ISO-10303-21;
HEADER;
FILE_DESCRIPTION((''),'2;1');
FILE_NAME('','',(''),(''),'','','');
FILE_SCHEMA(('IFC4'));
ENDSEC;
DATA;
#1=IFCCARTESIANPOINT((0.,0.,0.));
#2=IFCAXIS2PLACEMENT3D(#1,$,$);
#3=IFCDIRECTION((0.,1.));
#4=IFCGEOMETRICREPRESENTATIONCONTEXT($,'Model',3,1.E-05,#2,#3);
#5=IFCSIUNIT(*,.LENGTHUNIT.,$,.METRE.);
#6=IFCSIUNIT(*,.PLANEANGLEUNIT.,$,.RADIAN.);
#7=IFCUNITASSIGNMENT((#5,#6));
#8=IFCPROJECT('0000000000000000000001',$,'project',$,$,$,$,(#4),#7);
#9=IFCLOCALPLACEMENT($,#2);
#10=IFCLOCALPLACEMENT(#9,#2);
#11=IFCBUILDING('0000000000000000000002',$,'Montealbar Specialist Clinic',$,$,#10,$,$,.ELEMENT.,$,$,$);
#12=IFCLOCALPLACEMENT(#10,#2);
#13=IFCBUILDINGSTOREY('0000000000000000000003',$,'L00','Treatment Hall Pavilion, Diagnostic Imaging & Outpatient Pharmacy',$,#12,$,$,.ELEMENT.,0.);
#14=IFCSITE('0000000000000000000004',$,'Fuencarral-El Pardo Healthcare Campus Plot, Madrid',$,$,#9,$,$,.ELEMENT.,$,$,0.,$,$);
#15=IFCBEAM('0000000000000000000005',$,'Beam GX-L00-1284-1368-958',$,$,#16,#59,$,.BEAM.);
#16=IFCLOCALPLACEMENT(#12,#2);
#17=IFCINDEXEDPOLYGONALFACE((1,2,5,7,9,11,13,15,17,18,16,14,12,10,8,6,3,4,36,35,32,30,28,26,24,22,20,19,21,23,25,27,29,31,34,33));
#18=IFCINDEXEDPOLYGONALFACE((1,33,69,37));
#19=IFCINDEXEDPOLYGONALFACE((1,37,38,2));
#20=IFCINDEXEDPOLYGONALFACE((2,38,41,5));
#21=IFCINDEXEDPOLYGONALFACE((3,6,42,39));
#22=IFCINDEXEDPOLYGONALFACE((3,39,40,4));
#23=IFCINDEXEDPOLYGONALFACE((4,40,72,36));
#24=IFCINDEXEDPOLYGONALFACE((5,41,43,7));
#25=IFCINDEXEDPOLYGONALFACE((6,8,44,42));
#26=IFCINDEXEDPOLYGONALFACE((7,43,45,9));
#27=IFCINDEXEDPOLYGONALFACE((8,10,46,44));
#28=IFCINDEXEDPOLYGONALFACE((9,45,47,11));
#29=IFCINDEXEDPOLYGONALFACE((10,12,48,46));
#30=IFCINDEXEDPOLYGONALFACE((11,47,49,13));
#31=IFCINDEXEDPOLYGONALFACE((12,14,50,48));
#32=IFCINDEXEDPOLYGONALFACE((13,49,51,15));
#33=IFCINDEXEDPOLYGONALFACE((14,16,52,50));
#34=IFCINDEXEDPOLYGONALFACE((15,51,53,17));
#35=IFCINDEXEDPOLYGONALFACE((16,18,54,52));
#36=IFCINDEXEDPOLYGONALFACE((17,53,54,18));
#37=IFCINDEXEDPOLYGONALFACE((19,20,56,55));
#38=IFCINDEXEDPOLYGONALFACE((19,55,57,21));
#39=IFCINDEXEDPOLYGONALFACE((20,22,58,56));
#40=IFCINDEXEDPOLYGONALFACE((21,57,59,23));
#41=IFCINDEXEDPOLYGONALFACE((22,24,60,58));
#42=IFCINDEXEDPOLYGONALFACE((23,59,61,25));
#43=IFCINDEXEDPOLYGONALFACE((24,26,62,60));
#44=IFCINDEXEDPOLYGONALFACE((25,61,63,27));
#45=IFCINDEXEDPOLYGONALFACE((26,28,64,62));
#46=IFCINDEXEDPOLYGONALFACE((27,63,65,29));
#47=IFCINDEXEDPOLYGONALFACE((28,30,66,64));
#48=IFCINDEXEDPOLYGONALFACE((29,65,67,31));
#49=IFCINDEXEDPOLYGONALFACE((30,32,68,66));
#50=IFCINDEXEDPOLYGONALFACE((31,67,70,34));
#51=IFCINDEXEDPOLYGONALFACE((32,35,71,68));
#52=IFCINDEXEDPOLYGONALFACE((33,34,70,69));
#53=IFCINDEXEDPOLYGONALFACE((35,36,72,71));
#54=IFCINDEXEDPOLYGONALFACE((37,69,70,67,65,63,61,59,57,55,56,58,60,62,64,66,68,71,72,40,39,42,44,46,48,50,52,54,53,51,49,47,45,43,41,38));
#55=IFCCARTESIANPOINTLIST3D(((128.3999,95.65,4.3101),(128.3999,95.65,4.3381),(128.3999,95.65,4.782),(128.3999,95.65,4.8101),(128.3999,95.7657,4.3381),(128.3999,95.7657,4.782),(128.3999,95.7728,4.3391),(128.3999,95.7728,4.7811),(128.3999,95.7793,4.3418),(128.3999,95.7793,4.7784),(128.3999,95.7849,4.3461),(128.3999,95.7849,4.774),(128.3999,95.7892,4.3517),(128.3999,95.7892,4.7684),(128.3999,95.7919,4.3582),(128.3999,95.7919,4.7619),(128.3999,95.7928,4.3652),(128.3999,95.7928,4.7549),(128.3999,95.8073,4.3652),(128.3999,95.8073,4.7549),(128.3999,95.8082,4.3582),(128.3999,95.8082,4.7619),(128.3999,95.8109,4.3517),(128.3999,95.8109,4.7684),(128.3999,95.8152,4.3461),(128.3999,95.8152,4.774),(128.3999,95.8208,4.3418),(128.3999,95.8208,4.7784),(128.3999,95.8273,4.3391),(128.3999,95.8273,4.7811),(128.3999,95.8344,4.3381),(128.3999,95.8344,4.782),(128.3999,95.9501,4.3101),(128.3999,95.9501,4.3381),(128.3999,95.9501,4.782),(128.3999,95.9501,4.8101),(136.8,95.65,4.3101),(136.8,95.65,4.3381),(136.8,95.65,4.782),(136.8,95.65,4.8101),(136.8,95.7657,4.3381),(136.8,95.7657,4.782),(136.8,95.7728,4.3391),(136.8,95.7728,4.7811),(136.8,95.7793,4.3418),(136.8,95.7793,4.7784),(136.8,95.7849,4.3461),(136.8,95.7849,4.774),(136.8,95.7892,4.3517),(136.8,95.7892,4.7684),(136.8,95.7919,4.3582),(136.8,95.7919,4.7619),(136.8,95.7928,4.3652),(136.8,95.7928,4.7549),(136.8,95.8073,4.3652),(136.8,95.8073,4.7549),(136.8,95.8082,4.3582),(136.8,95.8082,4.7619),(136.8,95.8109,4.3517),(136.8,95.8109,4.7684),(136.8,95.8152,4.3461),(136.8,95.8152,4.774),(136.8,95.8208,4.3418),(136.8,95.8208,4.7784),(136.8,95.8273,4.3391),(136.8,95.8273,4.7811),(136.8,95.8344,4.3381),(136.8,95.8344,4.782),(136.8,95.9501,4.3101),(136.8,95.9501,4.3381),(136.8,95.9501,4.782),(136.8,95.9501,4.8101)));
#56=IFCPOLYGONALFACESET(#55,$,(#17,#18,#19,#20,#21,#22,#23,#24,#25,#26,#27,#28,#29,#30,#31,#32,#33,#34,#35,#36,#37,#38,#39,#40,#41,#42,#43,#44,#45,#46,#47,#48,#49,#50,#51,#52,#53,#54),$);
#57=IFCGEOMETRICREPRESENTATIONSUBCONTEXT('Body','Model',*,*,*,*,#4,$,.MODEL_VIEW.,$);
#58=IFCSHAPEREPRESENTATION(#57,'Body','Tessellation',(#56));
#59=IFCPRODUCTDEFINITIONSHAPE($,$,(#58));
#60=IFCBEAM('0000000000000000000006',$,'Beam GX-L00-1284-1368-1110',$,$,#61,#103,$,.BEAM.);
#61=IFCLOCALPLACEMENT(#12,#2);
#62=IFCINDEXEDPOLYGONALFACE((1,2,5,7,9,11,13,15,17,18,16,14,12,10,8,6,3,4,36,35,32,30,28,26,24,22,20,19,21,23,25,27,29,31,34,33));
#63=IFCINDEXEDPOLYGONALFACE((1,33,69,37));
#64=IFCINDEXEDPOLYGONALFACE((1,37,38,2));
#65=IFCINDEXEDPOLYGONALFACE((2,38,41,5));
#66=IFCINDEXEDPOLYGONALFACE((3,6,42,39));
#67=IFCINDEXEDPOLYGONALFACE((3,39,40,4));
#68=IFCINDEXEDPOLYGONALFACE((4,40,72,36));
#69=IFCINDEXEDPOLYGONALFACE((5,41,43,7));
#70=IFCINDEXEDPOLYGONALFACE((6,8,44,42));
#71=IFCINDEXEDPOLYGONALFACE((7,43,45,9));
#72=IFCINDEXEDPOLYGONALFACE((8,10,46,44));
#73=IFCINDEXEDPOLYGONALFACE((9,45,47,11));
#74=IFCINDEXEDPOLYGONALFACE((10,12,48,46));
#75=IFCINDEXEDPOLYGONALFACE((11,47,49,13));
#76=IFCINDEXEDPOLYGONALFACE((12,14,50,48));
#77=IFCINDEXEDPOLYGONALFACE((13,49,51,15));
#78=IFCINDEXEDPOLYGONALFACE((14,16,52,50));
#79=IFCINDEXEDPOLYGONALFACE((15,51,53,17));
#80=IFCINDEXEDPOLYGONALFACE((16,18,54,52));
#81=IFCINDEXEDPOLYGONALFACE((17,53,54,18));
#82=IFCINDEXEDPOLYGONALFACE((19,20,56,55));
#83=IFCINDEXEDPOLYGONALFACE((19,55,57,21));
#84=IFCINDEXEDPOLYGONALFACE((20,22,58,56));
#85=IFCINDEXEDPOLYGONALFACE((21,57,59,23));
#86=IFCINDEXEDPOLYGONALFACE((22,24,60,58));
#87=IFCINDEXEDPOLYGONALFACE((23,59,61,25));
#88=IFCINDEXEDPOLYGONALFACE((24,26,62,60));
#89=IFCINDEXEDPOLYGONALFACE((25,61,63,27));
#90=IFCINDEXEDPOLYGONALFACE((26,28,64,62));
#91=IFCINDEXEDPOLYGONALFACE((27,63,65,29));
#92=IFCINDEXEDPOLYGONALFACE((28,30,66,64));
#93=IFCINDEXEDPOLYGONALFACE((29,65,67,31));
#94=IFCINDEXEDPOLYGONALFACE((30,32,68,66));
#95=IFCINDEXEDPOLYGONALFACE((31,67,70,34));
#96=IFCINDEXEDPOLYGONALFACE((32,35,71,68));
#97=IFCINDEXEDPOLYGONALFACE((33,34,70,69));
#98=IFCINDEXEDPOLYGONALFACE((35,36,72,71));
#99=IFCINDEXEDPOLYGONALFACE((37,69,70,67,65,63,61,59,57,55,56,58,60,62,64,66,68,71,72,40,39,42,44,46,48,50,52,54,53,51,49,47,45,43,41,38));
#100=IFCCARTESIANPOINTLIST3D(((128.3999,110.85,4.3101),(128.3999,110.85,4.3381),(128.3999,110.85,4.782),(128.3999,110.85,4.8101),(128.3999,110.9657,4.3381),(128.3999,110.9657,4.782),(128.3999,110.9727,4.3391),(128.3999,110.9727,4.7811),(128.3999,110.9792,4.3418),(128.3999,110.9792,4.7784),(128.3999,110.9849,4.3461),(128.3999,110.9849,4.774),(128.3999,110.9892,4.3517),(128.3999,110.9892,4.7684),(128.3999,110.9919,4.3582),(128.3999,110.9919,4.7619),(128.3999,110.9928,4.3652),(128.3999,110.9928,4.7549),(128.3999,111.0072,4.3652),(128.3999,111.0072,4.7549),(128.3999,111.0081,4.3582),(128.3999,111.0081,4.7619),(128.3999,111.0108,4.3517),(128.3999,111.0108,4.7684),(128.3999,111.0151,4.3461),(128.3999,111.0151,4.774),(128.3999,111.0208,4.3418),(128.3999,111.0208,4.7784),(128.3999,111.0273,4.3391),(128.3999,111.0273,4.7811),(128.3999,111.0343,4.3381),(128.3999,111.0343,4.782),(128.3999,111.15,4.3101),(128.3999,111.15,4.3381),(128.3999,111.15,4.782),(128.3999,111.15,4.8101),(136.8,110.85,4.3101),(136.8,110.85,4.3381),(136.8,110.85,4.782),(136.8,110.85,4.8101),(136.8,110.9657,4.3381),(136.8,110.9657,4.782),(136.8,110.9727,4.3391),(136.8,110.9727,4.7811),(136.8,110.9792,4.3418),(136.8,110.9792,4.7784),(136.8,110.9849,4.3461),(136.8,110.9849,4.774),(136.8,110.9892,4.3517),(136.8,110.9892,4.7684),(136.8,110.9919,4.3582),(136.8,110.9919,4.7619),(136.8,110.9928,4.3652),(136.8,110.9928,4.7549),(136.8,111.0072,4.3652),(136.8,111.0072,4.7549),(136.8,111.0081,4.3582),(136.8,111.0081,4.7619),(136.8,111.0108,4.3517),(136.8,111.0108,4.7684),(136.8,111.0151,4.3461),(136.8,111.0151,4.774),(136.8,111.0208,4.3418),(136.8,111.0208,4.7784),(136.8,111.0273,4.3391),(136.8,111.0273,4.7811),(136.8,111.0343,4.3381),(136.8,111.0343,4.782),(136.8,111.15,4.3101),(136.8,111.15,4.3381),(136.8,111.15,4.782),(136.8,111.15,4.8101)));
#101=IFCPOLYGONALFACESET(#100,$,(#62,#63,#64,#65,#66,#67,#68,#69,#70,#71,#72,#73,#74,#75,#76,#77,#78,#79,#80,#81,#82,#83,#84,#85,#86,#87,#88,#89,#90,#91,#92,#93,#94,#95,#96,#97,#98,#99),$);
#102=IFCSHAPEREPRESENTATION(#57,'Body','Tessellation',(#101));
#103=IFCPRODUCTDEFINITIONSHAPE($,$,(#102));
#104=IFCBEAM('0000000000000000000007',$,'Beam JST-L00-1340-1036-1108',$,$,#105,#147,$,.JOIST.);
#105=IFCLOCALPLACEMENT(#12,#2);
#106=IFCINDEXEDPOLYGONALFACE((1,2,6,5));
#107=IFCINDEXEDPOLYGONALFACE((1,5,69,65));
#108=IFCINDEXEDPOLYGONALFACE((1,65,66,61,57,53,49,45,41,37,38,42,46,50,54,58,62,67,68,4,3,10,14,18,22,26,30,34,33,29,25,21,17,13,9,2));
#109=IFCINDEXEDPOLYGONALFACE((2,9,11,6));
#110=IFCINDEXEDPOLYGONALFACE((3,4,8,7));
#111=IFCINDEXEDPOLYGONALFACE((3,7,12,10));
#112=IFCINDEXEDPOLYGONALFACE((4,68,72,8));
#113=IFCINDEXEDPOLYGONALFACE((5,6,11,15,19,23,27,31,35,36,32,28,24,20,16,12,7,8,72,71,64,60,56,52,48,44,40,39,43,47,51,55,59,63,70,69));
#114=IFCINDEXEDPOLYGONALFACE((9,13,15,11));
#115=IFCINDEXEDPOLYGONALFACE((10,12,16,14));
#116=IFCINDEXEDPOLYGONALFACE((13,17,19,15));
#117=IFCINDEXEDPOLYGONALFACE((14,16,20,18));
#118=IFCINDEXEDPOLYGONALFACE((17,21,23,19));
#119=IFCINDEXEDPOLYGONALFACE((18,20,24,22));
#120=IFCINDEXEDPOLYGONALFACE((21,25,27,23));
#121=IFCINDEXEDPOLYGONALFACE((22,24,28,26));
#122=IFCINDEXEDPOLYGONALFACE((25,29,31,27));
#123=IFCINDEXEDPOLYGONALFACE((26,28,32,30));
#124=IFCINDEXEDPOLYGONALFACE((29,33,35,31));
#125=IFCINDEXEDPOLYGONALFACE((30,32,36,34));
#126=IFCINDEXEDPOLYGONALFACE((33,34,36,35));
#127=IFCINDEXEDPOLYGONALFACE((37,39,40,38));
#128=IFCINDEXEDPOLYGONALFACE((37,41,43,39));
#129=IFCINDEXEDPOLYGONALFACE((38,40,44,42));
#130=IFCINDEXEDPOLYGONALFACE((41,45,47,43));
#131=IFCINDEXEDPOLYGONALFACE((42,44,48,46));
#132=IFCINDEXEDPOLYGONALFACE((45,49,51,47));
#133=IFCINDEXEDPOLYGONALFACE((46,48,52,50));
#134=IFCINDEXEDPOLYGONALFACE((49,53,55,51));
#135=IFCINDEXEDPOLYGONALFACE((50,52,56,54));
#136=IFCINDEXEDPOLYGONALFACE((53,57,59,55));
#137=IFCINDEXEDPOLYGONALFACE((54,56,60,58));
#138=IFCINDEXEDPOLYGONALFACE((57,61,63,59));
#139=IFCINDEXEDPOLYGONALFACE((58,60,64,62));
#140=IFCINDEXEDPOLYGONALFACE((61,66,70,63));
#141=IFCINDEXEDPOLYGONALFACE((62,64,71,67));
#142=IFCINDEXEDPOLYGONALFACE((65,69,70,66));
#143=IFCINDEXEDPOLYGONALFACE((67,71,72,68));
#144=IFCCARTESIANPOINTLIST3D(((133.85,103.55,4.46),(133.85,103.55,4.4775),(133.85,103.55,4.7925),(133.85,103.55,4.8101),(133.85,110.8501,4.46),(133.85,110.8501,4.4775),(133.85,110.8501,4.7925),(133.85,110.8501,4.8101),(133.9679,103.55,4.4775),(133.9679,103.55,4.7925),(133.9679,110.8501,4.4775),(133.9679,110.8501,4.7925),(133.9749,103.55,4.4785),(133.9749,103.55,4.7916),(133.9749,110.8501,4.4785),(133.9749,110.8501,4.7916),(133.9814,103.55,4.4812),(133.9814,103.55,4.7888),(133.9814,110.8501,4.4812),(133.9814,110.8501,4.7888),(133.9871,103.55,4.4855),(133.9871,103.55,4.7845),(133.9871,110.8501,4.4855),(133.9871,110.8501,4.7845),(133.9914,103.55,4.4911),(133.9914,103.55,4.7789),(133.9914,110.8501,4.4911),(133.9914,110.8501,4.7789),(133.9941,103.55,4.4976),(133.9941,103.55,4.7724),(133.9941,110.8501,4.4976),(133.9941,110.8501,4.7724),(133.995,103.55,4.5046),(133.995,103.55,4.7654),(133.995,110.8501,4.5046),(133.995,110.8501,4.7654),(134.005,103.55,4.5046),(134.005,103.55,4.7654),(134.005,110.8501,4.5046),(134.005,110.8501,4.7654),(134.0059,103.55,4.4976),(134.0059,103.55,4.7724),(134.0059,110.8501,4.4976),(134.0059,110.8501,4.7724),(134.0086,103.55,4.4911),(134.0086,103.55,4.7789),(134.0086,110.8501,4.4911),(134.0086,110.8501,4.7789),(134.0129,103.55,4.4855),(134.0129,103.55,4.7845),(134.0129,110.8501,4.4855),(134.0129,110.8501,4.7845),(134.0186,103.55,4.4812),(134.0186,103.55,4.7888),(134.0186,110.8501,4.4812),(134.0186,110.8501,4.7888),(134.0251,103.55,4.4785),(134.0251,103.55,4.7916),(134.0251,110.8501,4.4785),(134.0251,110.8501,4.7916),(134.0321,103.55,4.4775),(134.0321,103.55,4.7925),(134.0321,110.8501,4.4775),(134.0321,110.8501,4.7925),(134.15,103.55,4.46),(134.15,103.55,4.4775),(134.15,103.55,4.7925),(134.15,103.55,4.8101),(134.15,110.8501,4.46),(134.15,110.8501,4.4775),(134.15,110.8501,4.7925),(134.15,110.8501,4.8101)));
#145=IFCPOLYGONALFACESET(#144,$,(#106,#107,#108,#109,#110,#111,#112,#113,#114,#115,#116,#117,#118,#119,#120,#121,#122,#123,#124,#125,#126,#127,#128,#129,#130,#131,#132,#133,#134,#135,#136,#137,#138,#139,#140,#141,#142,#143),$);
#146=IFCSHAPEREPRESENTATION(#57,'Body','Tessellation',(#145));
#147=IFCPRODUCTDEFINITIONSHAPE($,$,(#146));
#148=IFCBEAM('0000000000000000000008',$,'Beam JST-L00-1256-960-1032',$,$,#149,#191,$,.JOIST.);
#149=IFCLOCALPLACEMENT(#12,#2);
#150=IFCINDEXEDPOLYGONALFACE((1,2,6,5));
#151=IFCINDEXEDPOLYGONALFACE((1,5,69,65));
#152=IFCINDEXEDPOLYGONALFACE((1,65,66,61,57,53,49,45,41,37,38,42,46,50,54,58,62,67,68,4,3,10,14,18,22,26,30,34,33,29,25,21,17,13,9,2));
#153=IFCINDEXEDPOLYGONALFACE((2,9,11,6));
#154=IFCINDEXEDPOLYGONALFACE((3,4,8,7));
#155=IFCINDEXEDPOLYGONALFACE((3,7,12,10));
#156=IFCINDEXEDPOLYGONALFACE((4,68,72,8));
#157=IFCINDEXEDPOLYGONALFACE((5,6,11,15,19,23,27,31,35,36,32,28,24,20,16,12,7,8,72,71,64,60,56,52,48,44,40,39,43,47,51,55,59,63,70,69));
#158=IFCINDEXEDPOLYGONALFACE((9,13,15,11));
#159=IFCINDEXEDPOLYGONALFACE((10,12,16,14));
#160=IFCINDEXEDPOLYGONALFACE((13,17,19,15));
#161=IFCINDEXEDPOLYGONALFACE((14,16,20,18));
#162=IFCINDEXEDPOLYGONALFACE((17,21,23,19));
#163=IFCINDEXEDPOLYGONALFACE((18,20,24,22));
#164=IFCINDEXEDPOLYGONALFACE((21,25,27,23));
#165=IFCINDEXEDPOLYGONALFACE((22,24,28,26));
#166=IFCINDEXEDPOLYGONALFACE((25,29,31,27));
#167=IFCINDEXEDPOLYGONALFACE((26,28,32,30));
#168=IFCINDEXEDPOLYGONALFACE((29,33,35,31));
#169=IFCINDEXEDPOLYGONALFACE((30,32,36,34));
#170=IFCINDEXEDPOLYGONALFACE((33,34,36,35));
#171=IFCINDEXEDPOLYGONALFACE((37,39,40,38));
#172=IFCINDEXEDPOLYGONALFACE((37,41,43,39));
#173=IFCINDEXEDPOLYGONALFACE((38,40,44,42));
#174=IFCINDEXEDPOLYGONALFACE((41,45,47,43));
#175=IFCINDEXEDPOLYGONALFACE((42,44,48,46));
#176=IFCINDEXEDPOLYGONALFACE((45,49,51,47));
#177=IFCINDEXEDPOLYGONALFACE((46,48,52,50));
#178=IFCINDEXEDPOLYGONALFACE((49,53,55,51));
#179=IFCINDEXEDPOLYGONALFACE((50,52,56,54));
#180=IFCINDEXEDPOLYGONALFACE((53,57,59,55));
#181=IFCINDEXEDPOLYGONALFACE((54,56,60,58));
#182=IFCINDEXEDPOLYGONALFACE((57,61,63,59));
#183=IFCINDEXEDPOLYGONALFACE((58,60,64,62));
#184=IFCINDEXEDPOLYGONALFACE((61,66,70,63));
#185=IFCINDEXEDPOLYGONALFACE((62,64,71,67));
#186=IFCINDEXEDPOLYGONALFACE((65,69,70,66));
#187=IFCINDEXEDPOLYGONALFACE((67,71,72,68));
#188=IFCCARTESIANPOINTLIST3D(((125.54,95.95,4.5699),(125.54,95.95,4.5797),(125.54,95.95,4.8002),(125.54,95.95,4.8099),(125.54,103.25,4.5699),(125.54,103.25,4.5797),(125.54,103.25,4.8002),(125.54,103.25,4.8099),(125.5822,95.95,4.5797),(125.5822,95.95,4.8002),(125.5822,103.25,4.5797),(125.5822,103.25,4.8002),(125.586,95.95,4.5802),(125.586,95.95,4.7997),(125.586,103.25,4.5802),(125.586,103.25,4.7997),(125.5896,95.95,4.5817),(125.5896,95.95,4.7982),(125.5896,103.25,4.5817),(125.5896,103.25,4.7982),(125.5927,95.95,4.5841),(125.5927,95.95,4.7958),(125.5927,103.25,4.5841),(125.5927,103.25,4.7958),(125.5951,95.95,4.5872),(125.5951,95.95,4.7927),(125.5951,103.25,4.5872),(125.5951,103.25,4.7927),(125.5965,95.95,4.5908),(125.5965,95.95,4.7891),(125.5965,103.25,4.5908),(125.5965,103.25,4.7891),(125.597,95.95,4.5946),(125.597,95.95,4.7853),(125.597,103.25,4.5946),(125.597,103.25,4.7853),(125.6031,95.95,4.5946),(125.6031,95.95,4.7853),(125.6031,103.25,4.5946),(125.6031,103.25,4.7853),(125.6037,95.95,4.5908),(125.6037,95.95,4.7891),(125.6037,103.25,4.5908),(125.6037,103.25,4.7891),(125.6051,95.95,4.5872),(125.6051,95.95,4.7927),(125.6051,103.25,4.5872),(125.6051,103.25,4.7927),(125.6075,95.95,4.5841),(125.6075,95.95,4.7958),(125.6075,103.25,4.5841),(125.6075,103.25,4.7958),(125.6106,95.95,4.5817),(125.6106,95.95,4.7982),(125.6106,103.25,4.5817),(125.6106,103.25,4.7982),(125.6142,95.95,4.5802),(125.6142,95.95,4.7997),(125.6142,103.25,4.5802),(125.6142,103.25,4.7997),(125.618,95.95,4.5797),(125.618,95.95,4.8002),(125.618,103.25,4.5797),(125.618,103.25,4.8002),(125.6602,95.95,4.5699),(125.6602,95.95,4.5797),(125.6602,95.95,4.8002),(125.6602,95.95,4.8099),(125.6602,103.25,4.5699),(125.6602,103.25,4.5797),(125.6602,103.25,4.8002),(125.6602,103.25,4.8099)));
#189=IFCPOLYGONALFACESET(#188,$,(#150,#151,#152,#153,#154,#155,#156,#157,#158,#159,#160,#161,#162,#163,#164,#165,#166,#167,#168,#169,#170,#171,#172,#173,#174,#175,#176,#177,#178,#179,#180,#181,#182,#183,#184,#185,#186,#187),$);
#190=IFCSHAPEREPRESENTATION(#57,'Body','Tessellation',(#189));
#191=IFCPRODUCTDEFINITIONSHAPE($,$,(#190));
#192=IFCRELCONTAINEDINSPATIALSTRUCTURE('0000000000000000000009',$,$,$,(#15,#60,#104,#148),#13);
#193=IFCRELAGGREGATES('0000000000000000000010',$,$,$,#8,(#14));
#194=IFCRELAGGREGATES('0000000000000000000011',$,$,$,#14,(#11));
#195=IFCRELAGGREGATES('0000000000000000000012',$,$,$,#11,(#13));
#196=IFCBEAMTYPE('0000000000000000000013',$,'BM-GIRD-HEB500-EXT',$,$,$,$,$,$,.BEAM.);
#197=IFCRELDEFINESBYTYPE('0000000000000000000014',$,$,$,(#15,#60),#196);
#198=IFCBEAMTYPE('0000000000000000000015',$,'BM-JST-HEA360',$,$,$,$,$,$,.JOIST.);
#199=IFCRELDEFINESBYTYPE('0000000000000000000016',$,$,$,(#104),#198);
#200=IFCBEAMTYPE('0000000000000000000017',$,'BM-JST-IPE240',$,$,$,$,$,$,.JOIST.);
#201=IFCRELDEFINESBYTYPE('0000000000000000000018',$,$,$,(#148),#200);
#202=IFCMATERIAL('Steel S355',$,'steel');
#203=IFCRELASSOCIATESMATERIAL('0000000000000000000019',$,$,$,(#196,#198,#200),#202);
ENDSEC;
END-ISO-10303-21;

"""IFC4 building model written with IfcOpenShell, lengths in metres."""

from ifc_helpers import new_model, si_unit, direction, frame, origin, origin_2d, place, context, subcontext, project, spatial, i_section, extrude, material, material_profile, profile_set, type_object, element, save


model = new_model("IFC4")

# Units and contexts
model_context = context("Model", 3, precision=1e-05, world=origin(), true_north=direction((0.0, 1.0)))
body_context = subcontext(model_context, "Body", "Model", "MODEL_VIEW")
ifc_project = project(units=[si_unit("LENGTHUNIT", "METRE"), si_unit("PLANEANGLEUNIT", "RADIAN")], contexts=[model_context])

# Site, building, storey
site_placement = place(None, origin())
site = spatial("IfcSite", under=ifc_project, at=site_placement, Name="Fuencarral-El Pardo Healthcare Campus Plot, Madrid", CompositionType="ELEMENT", RefElevation=0.0)
building_placement = place(site_placement, origin())
building = spatial("IfcBuilding", under=site, at=building_placement, Name="Montealbar Specialist Clinic", CompositionType="ELEMENT")
storey_placement = place(building_placement, origin())
storey = spatial("IfcBuildingStorey", under=building, at=storey_placement, Name="L00", Description="Treatment Hall Pavilion, Diagnostic Imaging & Outpatient Pharmacy", CompositionType="ELEMENT", Elevation=0.0)

# Shared definitions
ifc_material_1 = material(Name="Steel S355", Category="steel")

# Beams
ifc_material_profile_1 = material_profile(ifc_material_1, i_section(OverallWidth=0.3, OverallDepth=0.5, WebThickness=0.0144, FlangeThickness=0.0281, FilletRadius=0.0271, at=origin_2d()), Name="HEB 500", Category="steel")
ifc_profile_set_1 = profile_set([ifc_material_profile_1], Name="Steel S355")
beam_type_1 = type_object("IfcBeamType", Name="BM-GIRD-HEB500-EXT", PredefinedType="BEAM", material=ifc_profile_set_1)
for number, where, z_axis, x_axis, name in (
    (1, (128.3999, 95.8, 4.5601), (1.0, 0.0, 0.0), (0.0, 1.0, 0.0), "Beam GX-L00-1284-1368-958"),
    (2, (128.3999, 111.0, 4.5601), (1.0, 0.0, 0.0), (0.0, 1.0, 0.0), "Beam GX-L00-1284-1368-1110"),
):
    element("IfcBeam", number, at=place(storey_placement, frame(where, z_axis=z_axis, x_axis=x_axis)), inside=storey, type_object=beam_type_1, Name=name, PredefinedType="BEAM", context=body_context, shape_type="SweptSolid", body=[
        extrude(i_section(OverallWidth=0.3, OverallDepth=0.5, WebThickness=0.0144, FlangeThickness=0.0281, FilletRadius=0.0271, at=origin_2d()), origin(), (0.0, 0.0, 1.0), 8.4001),
    ])
ifc_material_profile_2 = material_profile(ifc_material_1, i_section(OverallWidth=0.3, OverallDepth=0.3501, WebThickness=0.01, FlangeThickness=0.0176, FilletRadius=0.0271, at=origin_2d()), Name="HEA 360", Category="steel")
ifc_profile_set_2 = profile_set([ifc_material_profile_2], Name="Steel S355")
beam_type_2 = type_object("IfcBeamType", Name="BM-JST-HEA360", PredefinedType="JOIST", material=ifc_profile_set_2)
beam_1_placement = place(storey_placement, frame((134.0, 103.55, 4.635), z_axis=(0.0, 1.0, 0.0), x_axis=(-1.0, 0.0, 0.0)))
element("IfcBeam", 3, at=beam_1_placement, inside=storey, type_object=beam_type_2, Name="Beam JST-L00-1340-1036-1108", PredefinedType="JOIST", context=body_context, shape_type="SweptSolid", body=[
    extrude(i_section(OverallWidth=0.3, OverallDepth=0.3501, WebThickness=0.01, FlangeThickness=0.0176, FilletRadius=0.0271, at=origin_2d()), origin(), (0.0, 0.0, 1.0), 7.3),
])
ifc_material_profile_3 = material_profile(ifc_material_1, i_section(OverallWidth=0.1201, OverallDepth=0.24, WebThickness=0.0061, FlangeThickness=0.0098, FilletRadius=0.0149, at=origin_2d()), Name="IPE 240", Category="steel")
ifc_profile_set_3 = profile_set([ifc_material_profile_3], Name="Steel S355")
beam_type_3 = type_object("IfcBeamType", Name="BM-JST-IPE240", PredefinedType="JOIST", material=ifc_profile_set_3)
beam_2_placement = place(storey_placement, frame((125.6001, 95.95, 4.6899), z_axis=(0.0, 1.0, 0.0), x_axis=(-1.0, 0.0, 0.0)))
element("IfcBeam", 4, at=beam_2_placement, inside=storey, type_object=beam_type_3, Name="Beam JST-L00-1256-960-1032", PredefinedType="JOIST", context=body_context, shape_type="SweptSolid", body=[
    extrude(i_section(OverallWidth=0.1201, OverallDepth=0.24, WebThickness=0.0061, FlangeThickness=0.0098, FilletRadius=0.0149, at=origin_2d()), origin(), (0.0, 0.0, 1.0), 7.3),
])

save(model, "model.ifc")
